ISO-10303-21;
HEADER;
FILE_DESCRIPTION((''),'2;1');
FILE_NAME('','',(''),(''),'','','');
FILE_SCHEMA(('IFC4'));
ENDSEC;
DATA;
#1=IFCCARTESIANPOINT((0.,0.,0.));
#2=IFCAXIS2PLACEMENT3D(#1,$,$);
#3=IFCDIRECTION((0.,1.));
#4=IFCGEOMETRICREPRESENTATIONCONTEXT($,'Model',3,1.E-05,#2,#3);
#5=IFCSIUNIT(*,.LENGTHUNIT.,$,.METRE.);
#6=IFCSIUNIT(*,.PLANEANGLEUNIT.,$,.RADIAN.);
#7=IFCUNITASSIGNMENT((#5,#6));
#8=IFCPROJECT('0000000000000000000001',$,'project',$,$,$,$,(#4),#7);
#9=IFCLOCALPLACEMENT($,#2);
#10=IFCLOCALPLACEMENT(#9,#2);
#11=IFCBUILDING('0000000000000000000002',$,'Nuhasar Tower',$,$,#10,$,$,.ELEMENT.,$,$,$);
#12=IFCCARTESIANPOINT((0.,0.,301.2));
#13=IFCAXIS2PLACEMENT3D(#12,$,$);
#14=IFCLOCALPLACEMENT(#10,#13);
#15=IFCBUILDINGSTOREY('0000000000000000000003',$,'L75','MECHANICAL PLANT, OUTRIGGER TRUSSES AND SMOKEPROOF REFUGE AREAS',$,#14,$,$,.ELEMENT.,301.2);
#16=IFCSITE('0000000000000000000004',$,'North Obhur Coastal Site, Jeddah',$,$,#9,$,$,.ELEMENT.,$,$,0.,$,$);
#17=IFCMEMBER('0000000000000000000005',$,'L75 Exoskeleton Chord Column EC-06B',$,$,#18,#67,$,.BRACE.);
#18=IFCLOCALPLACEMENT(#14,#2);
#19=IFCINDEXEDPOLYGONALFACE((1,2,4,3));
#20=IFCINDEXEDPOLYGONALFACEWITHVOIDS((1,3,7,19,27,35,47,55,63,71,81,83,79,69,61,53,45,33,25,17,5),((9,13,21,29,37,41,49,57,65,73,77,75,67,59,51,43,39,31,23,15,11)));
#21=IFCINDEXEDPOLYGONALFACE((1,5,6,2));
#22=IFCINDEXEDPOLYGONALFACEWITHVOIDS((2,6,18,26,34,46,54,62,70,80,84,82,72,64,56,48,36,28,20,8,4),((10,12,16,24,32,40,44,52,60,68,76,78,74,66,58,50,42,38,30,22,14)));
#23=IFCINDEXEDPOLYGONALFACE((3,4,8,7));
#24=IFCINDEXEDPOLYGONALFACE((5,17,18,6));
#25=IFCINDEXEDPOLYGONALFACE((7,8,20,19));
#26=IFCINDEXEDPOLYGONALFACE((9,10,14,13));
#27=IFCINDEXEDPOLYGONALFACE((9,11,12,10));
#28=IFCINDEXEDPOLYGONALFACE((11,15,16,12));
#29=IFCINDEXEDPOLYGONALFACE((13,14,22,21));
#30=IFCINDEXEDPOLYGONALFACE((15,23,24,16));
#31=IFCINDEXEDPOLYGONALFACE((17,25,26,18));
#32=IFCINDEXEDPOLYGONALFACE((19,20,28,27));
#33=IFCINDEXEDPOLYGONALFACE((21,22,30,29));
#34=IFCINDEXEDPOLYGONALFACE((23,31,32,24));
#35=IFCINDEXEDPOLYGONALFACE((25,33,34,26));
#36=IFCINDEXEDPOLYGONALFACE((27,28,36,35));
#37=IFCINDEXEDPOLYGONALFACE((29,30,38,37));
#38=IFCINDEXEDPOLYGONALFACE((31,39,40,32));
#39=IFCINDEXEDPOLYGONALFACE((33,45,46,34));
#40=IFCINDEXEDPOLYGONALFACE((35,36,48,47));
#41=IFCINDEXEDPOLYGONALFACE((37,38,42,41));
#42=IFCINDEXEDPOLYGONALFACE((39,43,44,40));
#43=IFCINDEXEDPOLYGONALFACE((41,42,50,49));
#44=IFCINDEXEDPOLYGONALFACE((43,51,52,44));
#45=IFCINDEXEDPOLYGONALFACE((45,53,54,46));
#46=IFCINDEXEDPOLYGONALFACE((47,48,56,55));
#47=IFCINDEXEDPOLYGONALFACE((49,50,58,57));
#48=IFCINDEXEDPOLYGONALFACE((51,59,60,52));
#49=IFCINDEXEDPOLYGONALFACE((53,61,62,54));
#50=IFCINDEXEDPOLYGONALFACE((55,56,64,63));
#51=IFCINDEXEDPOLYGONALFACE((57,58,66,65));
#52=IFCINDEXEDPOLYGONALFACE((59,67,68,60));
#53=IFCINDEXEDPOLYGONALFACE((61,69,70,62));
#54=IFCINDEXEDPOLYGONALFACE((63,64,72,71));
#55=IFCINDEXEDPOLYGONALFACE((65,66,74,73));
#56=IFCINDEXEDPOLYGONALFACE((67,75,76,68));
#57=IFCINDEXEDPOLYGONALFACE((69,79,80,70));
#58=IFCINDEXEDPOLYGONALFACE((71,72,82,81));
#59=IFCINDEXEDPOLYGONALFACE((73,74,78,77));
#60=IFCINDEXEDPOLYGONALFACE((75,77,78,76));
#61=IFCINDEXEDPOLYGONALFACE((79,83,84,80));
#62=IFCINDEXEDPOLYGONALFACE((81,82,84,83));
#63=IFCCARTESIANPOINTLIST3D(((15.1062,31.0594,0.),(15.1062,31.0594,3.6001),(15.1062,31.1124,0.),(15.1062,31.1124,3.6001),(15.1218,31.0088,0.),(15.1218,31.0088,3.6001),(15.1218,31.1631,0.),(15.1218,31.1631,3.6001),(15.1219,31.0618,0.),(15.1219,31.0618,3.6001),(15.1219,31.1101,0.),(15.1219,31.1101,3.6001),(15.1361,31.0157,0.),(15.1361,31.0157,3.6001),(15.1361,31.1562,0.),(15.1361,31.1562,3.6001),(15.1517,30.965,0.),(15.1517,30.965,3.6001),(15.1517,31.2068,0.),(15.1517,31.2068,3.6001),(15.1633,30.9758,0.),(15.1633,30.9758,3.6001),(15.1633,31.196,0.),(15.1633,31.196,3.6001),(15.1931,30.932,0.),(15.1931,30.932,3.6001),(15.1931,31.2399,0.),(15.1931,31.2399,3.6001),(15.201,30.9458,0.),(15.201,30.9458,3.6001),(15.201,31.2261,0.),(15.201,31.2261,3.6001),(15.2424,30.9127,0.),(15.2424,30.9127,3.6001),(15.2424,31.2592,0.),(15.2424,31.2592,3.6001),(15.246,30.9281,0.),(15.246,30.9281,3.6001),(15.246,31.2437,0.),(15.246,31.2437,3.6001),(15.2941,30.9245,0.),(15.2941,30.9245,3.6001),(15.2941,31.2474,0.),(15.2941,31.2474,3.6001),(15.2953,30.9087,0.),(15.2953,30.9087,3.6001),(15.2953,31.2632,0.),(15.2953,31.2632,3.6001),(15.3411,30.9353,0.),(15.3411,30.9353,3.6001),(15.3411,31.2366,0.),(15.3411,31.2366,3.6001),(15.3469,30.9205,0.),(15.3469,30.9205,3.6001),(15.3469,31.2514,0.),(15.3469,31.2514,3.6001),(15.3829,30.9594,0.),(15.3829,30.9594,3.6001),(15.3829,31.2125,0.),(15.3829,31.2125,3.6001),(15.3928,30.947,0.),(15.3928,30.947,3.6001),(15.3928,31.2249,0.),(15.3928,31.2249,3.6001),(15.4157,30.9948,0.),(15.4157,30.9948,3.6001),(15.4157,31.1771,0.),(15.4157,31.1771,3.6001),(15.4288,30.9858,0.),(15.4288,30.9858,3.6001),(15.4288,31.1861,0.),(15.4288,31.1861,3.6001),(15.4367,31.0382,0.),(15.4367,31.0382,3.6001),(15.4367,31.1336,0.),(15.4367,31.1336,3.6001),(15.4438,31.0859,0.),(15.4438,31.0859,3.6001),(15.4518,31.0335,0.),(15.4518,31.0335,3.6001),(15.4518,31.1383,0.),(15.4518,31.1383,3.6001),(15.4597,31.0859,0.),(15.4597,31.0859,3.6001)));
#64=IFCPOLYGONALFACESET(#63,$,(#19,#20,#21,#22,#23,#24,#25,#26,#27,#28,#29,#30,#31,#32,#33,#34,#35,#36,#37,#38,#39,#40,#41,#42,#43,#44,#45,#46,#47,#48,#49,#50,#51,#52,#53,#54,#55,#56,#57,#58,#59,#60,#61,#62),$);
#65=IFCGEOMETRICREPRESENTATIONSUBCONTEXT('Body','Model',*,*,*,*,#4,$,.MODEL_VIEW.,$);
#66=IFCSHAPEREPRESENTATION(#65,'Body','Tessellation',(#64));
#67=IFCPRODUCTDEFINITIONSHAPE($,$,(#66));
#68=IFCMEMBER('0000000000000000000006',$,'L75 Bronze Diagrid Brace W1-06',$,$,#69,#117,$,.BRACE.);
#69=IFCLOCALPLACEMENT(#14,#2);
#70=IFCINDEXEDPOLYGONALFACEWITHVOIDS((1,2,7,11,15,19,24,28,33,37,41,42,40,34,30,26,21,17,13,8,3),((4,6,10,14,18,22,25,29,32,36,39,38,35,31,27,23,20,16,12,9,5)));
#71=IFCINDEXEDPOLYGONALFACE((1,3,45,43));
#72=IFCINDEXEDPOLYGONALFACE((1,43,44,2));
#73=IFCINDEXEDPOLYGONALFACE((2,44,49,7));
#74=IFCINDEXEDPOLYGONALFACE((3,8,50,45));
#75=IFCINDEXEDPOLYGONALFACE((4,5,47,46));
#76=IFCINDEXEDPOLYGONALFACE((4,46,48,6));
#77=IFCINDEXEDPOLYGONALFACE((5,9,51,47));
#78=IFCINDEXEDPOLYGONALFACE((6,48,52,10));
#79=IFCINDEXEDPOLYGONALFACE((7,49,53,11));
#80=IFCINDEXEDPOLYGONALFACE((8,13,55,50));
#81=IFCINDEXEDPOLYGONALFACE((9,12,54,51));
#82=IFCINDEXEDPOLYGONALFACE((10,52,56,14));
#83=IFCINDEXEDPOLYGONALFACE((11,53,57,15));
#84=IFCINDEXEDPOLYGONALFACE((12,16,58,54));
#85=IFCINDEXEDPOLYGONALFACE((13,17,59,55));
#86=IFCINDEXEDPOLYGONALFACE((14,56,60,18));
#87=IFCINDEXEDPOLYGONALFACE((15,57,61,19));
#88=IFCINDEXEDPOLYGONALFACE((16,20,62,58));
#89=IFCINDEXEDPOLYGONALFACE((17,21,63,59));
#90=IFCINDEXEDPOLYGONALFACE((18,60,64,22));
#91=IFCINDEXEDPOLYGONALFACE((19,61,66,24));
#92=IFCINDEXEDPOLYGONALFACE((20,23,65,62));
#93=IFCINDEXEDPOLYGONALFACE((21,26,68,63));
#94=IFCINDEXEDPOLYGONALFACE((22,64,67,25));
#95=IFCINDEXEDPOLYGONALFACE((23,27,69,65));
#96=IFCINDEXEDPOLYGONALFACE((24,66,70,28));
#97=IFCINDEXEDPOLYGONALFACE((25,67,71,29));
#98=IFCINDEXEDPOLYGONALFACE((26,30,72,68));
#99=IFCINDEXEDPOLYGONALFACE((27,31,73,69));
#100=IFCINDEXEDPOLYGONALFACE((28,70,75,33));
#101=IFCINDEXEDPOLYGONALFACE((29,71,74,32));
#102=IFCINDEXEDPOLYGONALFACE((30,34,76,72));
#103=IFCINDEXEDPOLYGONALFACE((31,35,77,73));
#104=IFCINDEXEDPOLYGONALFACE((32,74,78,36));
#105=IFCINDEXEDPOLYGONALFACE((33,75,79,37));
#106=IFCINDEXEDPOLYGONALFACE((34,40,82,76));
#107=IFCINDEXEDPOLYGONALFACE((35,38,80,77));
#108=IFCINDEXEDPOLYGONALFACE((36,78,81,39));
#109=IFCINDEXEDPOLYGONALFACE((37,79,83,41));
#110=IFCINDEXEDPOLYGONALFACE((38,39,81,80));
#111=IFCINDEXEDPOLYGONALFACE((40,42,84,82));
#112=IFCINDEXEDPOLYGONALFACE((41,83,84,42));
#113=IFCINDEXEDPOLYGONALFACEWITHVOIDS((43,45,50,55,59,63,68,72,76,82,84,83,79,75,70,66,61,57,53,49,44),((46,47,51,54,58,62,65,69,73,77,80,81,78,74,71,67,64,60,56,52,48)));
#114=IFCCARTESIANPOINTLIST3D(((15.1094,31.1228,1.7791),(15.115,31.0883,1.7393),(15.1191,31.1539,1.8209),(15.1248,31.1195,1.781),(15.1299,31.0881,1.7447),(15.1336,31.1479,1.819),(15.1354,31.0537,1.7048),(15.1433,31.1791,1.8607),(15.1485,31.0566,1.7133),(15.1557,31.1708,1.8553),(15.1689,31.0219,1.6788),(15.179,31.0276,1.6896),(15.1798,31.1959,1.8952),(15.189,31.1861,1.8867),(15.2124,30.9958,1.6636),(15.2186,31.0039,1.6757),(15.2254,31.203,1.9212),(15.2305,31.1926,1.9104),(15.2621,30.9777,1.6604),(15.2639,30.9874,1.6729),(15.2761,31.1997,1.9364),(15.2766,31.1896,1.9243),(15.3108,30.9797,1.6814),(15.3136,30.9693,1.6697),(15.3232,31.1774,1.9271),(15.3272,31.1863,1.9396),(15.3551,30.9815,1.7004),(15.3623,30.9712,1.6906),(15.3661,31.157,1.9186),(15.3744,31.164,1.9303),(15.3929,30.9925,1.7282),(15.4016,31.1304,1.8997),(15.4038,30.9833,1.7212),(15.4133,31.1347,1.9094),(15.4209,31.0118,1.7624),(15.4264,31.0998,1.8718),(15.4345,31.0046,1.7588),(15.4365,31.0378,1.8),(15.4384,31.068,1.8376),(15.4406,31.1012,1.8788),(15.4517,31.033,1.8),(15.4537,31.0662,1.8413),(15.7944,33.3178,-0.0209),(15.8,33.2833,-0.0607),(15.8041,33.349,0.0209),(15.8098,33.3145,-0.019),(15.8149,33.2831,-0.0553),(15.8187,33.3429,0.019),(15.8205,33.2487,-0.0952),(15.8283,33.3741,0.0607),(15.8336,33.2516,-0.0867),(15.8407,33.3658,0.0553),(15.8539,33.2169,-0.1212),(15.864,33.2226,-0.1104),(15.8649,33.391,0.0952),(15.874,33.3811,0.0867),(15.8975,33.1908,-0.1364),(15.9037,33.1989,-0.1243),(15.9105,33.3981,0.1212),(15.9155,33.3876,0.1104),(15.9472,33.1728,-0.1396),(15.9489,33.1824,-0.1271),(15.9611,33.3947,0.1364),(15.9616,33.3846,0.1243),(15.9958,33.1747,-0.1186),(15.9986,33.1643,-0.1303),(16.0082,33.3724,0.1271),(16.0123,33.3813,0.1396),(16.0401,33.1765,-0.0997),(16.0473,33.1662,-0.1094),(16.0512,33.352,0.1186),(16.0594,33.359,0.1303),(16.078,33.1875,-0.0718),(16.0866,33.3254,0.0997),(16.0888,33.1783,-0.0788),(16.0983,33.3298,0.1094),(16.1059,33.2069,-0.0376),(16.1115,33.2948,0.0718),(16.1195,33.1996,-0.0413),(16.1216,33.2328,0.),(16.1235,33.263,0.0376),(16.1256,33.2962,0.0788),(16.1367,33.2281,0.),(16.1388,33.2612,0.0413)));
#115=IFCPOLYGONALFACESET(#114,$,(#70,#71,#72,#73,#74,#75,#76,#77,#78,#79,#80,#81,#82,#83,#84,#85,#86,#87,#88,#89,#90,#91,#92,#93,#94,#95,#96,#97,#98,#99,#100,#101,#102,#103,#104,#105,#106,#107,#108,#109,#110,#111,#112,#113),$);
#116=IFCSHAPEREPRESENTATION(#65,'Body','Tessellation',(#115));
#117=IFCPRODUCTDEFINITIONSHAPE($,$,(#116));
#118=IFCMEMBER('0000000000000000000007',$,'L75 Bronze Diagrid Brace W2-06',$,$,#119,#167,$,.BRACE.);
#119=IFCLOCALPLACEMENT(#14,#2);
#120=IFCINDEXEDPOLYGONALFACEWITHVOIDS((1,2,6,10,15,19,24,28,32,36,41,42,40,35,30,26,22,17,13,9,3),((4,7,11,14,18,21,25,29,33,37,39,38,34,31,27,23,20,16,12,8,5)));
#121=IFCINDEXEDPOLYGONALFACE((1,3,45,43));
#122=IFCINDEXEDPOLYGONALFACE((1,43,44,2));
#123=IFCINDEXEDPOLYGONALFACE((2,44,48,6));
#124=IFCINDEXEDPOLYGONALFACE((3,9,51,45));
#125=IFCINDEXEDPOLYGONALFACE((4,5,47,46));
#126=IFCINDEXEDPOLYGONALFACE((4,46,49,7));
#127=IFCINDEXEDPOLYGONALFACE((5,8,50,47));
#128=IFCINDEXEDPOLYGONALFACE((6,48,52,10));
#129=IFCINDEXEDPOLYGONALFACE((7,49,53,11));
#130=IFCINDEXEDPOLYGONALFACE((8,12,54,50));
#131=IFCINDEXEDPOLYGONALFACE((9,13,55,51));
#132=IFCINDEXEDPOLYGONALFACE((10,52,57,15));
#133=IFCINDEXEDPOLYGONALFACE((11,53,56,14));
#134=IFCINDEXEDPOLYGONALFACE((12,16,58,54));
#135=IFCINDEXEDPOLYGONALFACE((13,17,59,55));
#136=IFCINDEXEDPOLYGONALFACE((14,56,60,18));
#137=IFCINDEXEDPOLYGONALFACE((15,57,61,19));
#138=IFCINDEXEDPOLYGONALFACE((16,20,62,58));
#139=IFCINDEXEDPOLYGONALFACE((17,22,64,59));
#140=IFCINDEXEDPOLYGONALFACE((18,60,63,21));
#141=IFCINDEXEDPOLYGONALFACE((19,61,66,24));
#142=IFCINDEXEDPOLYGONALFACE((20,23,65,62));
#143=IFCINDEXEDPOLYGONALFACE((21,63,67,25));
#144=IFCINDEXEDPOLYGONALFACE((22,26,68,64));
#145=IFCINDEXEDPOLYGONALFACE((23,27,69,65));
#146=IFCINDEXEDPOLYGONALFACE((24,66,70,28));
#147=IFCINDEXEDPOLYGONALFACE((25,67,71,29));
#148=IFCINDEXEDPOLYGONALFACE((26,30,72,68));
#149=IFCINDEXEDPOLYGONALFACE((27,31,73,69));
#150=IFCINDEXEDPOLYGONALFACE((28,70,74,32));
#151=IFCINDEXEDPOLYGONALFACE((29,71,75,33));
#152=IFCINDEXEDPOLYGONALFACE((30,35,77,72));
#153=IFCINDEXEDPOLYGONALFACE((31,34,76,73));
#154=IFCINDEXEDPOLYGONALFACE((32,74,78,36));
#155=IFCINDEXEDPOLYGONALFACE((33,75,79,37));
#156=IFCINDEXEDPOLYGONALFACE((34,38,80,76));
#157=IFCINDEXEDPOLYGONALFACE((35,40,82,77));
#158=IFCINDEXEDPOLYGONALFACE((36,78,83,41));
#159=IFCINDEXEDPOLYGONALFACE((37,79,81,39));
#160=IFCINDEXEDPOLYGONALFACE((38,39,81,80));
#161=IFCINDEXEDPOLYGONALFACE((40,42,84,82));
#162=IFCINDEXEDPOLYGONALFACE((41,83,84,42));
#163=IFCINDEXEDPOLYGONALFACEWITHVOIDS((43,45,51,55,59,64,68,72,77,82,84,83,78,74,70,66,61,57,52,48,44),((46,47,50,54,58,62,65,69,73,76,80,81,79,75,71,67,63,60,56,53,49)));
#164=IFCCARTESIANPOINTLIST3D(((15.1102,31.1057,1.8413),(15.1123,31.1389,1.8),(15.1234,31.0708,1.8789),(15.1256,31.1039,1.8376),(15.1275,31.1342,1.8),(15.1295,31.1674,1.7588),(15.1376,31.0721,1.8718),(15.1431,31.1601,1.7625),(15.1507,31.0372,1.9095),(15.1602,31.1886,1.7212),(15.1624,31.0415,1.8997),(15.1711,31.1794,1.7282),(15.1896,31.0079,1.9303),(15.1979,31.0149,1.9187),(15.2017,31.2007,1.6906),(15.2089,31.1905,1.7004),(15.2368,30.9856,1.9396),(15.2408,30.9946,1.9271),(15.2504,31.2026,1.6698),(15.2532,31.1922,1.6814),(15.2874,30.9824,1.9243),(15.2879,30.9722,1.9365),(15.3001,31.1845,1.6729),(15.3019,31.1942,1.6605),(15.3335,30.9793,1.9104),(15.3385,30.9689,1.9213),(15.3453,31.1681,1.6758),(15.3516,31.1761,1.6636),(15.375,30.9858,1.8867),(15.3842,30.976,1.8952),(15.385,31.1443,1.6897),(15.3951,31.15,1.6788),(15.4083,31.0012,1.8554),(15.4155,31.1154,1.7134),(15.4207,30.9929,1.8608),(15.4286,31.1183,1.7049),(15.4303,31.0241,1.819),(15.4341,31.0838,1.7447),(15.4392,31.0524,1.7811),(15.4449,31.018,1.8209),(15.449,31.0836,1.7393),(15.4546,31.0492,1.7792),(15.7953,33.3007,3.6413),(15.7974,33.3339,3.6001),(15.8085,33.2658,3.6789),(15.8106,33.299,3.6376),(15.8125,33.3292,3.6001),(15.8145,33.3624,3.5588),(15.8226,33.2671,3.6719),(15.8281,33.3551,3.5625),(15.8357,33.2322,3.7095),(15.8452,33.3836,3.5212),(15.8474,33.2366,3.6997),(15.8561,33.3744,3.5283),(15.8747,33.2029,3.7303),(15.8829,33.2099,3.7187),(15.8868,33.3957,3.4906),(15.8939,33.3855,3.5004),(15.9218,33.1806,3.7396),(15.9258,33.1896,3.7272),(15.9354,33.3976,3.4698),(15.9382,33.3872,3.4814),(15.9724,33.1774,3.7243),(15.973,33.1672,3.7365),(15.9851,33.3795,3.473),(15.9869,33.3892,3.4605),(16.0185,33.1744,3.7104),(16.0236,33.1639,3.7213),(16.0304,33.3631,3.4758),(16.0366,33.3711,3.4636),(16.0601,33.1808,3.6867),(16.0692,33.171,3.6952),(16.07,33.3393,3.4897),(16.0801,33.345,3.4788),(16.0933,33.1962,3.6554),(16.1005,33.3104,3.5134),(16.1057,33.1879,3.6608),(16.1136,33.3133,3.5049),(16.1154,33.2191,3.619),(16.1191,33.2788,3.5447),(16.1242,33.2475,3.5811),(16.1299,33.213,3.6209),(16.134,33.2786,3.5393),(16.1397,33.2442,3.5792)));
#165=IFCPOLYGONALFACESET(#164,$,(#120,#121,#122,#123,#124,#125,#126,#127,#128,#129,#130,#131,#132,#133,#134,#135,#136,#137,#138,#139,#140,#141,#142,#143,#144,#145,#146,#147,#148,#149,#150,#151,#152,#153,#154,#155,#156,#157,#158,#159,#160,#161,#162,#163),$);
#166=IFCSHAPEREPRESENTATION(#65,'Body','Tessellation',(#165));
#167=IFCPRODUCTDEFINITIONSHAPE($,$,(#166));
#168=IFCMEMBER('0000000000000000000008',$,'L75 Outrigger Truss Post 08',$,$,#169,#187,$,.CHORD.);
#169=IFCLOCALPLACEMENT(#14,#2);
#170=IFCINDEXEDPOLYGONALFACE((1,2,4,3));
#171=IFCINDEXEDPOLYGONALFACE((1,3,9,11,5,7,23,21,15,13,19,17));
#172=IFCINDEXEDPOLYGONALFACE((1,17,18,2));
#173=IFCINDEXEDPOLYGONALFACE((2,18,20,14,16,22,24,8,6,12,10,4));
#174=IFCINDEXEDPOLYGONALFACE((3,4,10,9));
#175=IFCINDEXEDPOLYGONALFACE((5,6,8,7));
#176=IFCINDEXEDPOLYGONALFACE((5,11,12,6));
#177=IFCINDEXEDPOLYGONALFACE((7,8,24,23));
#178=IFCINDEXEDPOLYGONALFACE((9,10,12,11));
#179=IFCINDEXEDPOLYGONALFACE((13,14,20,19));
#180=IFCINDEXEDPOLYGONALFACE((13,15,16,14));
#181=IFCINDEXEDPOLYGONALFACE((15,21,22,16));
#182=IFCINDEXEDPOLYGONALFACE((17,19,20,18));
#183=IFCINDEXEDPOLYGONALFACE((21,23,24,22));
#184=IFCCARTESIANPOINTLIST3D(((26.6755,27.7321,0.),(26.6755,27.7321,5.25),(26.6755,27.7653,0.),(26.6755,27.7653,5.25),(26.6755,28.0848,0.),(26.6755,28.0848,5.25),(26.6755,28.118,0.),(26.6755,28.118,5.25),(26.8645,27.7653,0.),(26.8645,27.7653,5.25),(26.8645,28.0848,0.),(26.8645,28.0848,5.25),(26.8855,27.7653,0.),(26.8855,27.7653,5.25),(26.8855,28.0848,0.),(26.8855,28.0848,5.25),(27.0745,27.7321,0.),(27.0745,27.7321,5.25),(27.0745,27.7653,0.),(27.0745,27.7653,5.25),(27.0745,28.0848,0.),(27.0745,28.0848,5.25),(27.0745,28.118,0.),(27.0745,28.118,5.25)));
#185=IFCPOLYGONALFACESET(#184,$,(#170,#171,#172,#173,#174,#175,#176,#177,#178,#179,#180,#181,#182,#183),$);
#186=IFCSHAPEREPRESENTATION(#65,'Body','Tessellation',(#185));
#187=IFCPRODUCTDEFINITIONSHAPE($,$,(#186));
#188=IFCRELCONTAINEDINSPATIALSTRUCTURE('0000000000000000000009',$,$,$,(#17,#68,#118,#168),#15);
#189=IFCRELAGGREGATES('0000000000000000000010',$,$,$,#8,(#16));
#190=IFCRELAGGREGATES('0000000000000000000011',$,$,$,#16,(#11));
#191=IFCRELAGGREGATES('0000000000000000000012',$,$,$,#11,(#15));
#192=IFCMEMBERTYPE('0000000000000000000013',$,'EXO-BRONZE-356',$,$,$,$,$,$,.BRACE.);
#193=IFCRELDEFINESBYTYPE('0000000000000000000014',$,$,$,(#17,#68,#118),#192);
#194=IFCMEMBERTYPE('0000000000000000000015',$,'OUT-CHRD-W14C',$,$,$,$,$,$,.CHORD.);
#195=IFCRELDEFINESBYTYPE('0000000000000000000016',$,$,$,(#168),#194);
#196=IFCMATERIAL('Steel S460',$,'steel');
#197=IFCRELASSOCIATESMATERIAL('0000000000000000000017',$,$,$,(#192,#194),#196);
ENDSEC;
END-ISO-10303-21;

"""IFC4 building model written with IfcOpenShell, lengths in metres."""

from ifc_helpers import new_model, si_unit, direction, frame, origin, origin_2d, place, context, subcontext, project, spatial, hollow_circle, i_section, extrude, material, material_profile, profile_set, type_object, element, save


model = new_model("IFC4")

# Units and contexts
model_context = context("Model", 3, precision=1e-05, world=origin(), true_north=direction((0.0, 1.0)))
body_context = subcontext(model_context, "Body", "Model", "MODEL_VIEW")
ifc_project = project(units=[si_unit("LENGTHUNIT", "METRE"), si_unit("PLANEANGLEUNIT", "RADIAN")], contexts=[model_context])

# Site, building, storey
site_placement = place(None, origin())
site = spatial("IfcSite", under=ifc_project, at=site_placement, Name="North Obhur Coastal Site, Jeddah", CompositionType="ELEMENT", RefElevation=0.0)
building_placement = place(site_placement, origin())
building = spatial("IfcBuilding", under=site, at=building_placement, Name="Nuhasar Tower", CompositionType="ELEMENT")
storey_placement = place(building_placement, frame((0.0, 0.0, 301.2)))
storey = spatial("IfcBuildingStorey", under=building, at=storey_placement, Name="L75", Description="MECHANICAL PLANT, OUTRIGGER TRUSSES AND SMOKEPROOF REFUGE AREAS", CompositionType="ELEMENT", Elevation=301.2)

# Shared definitions
ifc_material_1 = material(Name="Steel S460", Category="steel")

# Members
ifc_material_profile_1 = material_profile(ifc_material_1, hollow_circle(Radius=0.1777, WallThickness=0.0159, at=origin_2d()), Name="HSS355.6X15.9")
ifc_profile_set_1 = profile_set([ifc_material_profile_1], Name="Steel S460")
member_type_1 = type_object("IfcMemberType", Name="EXO-BRONZE-356", PredefinedType="BRACE", material=ifc_profile_set_1)
for number, where, z_axis, x_axis, name in (
    (1, (15.282, 31.0859, 0.0), (0.0, 0.0, 1.0), (1.0, 0.0, 0.0), "L75 Exoskeleton Chord Column EC-06B"),
):
    element("IfcMember", number, at=place(storey_placement, frame(where, z_axis=z_axis, x_axis=x_axis)), inside=storey, type_object=member_type_1, Name=name, PredefinedType="BRACE", context=body_context, shape_type="SweptSolid", body=[
        extrude(hollow_circle(Radius=0.1777, WallThickness=0.0159, at=origin_2d()), origin(), (0.0, 0.0, 1.0), 3.6001),
    ])
for number, where, z_axis, x_axis, name in (
    (2, (15.967, 33.281, 0.0), (-0.23459, -0.751674, 0.616404), (0.954591, -0.297918, 0.0), "L75 Bronze Diagrid Brace W1-06"),
    (3, (15.282, 31.0859, 1.8), (0.23459, 0.751674, 0.616404), (-0.954591, 0.297918, 0.0), "L75 Bronze Diagrid Brace W2-06"),
):
    element("IfcMember", number, at=place(storey_placement, frame(where, z_axis=z_axis, x_axis=x_axis)), inside=storey, type_object=member_type_1, Name=name, PredefinedType="BRACE", context=body_context, shape_type="SweptSolid", body=[
        extrude(hollow_circle(Radius=0.1777, WallThickness=0.0159, at=origin_2d()), origin(), (0.0, 0.0, 1.0), 2.9202),
    ])
ifc_material_profile_2 = material_profile(ifc_material_1, i_section(OverallWidth=0.3989, OverallDepth=0.386, WebThickness=0.021, FlangeThickness=0.0332, at=origin_2d()), Name="W14X176")
ifc_profile_set_2 = profile_set([ifc_material_profile_2], Name="Steel S460")
member_type_2 = type_object("IfcMemberType", Name="OUT-CHRD-W14C", PredefinedType="CHORD", material=ifc_profile_set_2)
member_1_placement = place(storey_placement, frame((26.875, 27.925, 0.0), z_axis=(0.0, 0.0, 1.0), x_axis=(1.0, 0.0, 0.0)))
element("IfcMember", 4, at=member_1_placement, inside=storey, type_object=member_type_2, Name="L75 Outrigger Truss Post 08", PredefinedType="CHORD", context=body_context, shape_type="SweptSolid", body=[
    extrude(i_section(OverallWidth=0.3989, OverallDepth=0.386, WebThickness=0.021, FlangeThickness=0.0332, at=origin_2d()), origin(), (0.0, 0.0, 1.0), 5.25),
])

save(model, "model.ifc")
